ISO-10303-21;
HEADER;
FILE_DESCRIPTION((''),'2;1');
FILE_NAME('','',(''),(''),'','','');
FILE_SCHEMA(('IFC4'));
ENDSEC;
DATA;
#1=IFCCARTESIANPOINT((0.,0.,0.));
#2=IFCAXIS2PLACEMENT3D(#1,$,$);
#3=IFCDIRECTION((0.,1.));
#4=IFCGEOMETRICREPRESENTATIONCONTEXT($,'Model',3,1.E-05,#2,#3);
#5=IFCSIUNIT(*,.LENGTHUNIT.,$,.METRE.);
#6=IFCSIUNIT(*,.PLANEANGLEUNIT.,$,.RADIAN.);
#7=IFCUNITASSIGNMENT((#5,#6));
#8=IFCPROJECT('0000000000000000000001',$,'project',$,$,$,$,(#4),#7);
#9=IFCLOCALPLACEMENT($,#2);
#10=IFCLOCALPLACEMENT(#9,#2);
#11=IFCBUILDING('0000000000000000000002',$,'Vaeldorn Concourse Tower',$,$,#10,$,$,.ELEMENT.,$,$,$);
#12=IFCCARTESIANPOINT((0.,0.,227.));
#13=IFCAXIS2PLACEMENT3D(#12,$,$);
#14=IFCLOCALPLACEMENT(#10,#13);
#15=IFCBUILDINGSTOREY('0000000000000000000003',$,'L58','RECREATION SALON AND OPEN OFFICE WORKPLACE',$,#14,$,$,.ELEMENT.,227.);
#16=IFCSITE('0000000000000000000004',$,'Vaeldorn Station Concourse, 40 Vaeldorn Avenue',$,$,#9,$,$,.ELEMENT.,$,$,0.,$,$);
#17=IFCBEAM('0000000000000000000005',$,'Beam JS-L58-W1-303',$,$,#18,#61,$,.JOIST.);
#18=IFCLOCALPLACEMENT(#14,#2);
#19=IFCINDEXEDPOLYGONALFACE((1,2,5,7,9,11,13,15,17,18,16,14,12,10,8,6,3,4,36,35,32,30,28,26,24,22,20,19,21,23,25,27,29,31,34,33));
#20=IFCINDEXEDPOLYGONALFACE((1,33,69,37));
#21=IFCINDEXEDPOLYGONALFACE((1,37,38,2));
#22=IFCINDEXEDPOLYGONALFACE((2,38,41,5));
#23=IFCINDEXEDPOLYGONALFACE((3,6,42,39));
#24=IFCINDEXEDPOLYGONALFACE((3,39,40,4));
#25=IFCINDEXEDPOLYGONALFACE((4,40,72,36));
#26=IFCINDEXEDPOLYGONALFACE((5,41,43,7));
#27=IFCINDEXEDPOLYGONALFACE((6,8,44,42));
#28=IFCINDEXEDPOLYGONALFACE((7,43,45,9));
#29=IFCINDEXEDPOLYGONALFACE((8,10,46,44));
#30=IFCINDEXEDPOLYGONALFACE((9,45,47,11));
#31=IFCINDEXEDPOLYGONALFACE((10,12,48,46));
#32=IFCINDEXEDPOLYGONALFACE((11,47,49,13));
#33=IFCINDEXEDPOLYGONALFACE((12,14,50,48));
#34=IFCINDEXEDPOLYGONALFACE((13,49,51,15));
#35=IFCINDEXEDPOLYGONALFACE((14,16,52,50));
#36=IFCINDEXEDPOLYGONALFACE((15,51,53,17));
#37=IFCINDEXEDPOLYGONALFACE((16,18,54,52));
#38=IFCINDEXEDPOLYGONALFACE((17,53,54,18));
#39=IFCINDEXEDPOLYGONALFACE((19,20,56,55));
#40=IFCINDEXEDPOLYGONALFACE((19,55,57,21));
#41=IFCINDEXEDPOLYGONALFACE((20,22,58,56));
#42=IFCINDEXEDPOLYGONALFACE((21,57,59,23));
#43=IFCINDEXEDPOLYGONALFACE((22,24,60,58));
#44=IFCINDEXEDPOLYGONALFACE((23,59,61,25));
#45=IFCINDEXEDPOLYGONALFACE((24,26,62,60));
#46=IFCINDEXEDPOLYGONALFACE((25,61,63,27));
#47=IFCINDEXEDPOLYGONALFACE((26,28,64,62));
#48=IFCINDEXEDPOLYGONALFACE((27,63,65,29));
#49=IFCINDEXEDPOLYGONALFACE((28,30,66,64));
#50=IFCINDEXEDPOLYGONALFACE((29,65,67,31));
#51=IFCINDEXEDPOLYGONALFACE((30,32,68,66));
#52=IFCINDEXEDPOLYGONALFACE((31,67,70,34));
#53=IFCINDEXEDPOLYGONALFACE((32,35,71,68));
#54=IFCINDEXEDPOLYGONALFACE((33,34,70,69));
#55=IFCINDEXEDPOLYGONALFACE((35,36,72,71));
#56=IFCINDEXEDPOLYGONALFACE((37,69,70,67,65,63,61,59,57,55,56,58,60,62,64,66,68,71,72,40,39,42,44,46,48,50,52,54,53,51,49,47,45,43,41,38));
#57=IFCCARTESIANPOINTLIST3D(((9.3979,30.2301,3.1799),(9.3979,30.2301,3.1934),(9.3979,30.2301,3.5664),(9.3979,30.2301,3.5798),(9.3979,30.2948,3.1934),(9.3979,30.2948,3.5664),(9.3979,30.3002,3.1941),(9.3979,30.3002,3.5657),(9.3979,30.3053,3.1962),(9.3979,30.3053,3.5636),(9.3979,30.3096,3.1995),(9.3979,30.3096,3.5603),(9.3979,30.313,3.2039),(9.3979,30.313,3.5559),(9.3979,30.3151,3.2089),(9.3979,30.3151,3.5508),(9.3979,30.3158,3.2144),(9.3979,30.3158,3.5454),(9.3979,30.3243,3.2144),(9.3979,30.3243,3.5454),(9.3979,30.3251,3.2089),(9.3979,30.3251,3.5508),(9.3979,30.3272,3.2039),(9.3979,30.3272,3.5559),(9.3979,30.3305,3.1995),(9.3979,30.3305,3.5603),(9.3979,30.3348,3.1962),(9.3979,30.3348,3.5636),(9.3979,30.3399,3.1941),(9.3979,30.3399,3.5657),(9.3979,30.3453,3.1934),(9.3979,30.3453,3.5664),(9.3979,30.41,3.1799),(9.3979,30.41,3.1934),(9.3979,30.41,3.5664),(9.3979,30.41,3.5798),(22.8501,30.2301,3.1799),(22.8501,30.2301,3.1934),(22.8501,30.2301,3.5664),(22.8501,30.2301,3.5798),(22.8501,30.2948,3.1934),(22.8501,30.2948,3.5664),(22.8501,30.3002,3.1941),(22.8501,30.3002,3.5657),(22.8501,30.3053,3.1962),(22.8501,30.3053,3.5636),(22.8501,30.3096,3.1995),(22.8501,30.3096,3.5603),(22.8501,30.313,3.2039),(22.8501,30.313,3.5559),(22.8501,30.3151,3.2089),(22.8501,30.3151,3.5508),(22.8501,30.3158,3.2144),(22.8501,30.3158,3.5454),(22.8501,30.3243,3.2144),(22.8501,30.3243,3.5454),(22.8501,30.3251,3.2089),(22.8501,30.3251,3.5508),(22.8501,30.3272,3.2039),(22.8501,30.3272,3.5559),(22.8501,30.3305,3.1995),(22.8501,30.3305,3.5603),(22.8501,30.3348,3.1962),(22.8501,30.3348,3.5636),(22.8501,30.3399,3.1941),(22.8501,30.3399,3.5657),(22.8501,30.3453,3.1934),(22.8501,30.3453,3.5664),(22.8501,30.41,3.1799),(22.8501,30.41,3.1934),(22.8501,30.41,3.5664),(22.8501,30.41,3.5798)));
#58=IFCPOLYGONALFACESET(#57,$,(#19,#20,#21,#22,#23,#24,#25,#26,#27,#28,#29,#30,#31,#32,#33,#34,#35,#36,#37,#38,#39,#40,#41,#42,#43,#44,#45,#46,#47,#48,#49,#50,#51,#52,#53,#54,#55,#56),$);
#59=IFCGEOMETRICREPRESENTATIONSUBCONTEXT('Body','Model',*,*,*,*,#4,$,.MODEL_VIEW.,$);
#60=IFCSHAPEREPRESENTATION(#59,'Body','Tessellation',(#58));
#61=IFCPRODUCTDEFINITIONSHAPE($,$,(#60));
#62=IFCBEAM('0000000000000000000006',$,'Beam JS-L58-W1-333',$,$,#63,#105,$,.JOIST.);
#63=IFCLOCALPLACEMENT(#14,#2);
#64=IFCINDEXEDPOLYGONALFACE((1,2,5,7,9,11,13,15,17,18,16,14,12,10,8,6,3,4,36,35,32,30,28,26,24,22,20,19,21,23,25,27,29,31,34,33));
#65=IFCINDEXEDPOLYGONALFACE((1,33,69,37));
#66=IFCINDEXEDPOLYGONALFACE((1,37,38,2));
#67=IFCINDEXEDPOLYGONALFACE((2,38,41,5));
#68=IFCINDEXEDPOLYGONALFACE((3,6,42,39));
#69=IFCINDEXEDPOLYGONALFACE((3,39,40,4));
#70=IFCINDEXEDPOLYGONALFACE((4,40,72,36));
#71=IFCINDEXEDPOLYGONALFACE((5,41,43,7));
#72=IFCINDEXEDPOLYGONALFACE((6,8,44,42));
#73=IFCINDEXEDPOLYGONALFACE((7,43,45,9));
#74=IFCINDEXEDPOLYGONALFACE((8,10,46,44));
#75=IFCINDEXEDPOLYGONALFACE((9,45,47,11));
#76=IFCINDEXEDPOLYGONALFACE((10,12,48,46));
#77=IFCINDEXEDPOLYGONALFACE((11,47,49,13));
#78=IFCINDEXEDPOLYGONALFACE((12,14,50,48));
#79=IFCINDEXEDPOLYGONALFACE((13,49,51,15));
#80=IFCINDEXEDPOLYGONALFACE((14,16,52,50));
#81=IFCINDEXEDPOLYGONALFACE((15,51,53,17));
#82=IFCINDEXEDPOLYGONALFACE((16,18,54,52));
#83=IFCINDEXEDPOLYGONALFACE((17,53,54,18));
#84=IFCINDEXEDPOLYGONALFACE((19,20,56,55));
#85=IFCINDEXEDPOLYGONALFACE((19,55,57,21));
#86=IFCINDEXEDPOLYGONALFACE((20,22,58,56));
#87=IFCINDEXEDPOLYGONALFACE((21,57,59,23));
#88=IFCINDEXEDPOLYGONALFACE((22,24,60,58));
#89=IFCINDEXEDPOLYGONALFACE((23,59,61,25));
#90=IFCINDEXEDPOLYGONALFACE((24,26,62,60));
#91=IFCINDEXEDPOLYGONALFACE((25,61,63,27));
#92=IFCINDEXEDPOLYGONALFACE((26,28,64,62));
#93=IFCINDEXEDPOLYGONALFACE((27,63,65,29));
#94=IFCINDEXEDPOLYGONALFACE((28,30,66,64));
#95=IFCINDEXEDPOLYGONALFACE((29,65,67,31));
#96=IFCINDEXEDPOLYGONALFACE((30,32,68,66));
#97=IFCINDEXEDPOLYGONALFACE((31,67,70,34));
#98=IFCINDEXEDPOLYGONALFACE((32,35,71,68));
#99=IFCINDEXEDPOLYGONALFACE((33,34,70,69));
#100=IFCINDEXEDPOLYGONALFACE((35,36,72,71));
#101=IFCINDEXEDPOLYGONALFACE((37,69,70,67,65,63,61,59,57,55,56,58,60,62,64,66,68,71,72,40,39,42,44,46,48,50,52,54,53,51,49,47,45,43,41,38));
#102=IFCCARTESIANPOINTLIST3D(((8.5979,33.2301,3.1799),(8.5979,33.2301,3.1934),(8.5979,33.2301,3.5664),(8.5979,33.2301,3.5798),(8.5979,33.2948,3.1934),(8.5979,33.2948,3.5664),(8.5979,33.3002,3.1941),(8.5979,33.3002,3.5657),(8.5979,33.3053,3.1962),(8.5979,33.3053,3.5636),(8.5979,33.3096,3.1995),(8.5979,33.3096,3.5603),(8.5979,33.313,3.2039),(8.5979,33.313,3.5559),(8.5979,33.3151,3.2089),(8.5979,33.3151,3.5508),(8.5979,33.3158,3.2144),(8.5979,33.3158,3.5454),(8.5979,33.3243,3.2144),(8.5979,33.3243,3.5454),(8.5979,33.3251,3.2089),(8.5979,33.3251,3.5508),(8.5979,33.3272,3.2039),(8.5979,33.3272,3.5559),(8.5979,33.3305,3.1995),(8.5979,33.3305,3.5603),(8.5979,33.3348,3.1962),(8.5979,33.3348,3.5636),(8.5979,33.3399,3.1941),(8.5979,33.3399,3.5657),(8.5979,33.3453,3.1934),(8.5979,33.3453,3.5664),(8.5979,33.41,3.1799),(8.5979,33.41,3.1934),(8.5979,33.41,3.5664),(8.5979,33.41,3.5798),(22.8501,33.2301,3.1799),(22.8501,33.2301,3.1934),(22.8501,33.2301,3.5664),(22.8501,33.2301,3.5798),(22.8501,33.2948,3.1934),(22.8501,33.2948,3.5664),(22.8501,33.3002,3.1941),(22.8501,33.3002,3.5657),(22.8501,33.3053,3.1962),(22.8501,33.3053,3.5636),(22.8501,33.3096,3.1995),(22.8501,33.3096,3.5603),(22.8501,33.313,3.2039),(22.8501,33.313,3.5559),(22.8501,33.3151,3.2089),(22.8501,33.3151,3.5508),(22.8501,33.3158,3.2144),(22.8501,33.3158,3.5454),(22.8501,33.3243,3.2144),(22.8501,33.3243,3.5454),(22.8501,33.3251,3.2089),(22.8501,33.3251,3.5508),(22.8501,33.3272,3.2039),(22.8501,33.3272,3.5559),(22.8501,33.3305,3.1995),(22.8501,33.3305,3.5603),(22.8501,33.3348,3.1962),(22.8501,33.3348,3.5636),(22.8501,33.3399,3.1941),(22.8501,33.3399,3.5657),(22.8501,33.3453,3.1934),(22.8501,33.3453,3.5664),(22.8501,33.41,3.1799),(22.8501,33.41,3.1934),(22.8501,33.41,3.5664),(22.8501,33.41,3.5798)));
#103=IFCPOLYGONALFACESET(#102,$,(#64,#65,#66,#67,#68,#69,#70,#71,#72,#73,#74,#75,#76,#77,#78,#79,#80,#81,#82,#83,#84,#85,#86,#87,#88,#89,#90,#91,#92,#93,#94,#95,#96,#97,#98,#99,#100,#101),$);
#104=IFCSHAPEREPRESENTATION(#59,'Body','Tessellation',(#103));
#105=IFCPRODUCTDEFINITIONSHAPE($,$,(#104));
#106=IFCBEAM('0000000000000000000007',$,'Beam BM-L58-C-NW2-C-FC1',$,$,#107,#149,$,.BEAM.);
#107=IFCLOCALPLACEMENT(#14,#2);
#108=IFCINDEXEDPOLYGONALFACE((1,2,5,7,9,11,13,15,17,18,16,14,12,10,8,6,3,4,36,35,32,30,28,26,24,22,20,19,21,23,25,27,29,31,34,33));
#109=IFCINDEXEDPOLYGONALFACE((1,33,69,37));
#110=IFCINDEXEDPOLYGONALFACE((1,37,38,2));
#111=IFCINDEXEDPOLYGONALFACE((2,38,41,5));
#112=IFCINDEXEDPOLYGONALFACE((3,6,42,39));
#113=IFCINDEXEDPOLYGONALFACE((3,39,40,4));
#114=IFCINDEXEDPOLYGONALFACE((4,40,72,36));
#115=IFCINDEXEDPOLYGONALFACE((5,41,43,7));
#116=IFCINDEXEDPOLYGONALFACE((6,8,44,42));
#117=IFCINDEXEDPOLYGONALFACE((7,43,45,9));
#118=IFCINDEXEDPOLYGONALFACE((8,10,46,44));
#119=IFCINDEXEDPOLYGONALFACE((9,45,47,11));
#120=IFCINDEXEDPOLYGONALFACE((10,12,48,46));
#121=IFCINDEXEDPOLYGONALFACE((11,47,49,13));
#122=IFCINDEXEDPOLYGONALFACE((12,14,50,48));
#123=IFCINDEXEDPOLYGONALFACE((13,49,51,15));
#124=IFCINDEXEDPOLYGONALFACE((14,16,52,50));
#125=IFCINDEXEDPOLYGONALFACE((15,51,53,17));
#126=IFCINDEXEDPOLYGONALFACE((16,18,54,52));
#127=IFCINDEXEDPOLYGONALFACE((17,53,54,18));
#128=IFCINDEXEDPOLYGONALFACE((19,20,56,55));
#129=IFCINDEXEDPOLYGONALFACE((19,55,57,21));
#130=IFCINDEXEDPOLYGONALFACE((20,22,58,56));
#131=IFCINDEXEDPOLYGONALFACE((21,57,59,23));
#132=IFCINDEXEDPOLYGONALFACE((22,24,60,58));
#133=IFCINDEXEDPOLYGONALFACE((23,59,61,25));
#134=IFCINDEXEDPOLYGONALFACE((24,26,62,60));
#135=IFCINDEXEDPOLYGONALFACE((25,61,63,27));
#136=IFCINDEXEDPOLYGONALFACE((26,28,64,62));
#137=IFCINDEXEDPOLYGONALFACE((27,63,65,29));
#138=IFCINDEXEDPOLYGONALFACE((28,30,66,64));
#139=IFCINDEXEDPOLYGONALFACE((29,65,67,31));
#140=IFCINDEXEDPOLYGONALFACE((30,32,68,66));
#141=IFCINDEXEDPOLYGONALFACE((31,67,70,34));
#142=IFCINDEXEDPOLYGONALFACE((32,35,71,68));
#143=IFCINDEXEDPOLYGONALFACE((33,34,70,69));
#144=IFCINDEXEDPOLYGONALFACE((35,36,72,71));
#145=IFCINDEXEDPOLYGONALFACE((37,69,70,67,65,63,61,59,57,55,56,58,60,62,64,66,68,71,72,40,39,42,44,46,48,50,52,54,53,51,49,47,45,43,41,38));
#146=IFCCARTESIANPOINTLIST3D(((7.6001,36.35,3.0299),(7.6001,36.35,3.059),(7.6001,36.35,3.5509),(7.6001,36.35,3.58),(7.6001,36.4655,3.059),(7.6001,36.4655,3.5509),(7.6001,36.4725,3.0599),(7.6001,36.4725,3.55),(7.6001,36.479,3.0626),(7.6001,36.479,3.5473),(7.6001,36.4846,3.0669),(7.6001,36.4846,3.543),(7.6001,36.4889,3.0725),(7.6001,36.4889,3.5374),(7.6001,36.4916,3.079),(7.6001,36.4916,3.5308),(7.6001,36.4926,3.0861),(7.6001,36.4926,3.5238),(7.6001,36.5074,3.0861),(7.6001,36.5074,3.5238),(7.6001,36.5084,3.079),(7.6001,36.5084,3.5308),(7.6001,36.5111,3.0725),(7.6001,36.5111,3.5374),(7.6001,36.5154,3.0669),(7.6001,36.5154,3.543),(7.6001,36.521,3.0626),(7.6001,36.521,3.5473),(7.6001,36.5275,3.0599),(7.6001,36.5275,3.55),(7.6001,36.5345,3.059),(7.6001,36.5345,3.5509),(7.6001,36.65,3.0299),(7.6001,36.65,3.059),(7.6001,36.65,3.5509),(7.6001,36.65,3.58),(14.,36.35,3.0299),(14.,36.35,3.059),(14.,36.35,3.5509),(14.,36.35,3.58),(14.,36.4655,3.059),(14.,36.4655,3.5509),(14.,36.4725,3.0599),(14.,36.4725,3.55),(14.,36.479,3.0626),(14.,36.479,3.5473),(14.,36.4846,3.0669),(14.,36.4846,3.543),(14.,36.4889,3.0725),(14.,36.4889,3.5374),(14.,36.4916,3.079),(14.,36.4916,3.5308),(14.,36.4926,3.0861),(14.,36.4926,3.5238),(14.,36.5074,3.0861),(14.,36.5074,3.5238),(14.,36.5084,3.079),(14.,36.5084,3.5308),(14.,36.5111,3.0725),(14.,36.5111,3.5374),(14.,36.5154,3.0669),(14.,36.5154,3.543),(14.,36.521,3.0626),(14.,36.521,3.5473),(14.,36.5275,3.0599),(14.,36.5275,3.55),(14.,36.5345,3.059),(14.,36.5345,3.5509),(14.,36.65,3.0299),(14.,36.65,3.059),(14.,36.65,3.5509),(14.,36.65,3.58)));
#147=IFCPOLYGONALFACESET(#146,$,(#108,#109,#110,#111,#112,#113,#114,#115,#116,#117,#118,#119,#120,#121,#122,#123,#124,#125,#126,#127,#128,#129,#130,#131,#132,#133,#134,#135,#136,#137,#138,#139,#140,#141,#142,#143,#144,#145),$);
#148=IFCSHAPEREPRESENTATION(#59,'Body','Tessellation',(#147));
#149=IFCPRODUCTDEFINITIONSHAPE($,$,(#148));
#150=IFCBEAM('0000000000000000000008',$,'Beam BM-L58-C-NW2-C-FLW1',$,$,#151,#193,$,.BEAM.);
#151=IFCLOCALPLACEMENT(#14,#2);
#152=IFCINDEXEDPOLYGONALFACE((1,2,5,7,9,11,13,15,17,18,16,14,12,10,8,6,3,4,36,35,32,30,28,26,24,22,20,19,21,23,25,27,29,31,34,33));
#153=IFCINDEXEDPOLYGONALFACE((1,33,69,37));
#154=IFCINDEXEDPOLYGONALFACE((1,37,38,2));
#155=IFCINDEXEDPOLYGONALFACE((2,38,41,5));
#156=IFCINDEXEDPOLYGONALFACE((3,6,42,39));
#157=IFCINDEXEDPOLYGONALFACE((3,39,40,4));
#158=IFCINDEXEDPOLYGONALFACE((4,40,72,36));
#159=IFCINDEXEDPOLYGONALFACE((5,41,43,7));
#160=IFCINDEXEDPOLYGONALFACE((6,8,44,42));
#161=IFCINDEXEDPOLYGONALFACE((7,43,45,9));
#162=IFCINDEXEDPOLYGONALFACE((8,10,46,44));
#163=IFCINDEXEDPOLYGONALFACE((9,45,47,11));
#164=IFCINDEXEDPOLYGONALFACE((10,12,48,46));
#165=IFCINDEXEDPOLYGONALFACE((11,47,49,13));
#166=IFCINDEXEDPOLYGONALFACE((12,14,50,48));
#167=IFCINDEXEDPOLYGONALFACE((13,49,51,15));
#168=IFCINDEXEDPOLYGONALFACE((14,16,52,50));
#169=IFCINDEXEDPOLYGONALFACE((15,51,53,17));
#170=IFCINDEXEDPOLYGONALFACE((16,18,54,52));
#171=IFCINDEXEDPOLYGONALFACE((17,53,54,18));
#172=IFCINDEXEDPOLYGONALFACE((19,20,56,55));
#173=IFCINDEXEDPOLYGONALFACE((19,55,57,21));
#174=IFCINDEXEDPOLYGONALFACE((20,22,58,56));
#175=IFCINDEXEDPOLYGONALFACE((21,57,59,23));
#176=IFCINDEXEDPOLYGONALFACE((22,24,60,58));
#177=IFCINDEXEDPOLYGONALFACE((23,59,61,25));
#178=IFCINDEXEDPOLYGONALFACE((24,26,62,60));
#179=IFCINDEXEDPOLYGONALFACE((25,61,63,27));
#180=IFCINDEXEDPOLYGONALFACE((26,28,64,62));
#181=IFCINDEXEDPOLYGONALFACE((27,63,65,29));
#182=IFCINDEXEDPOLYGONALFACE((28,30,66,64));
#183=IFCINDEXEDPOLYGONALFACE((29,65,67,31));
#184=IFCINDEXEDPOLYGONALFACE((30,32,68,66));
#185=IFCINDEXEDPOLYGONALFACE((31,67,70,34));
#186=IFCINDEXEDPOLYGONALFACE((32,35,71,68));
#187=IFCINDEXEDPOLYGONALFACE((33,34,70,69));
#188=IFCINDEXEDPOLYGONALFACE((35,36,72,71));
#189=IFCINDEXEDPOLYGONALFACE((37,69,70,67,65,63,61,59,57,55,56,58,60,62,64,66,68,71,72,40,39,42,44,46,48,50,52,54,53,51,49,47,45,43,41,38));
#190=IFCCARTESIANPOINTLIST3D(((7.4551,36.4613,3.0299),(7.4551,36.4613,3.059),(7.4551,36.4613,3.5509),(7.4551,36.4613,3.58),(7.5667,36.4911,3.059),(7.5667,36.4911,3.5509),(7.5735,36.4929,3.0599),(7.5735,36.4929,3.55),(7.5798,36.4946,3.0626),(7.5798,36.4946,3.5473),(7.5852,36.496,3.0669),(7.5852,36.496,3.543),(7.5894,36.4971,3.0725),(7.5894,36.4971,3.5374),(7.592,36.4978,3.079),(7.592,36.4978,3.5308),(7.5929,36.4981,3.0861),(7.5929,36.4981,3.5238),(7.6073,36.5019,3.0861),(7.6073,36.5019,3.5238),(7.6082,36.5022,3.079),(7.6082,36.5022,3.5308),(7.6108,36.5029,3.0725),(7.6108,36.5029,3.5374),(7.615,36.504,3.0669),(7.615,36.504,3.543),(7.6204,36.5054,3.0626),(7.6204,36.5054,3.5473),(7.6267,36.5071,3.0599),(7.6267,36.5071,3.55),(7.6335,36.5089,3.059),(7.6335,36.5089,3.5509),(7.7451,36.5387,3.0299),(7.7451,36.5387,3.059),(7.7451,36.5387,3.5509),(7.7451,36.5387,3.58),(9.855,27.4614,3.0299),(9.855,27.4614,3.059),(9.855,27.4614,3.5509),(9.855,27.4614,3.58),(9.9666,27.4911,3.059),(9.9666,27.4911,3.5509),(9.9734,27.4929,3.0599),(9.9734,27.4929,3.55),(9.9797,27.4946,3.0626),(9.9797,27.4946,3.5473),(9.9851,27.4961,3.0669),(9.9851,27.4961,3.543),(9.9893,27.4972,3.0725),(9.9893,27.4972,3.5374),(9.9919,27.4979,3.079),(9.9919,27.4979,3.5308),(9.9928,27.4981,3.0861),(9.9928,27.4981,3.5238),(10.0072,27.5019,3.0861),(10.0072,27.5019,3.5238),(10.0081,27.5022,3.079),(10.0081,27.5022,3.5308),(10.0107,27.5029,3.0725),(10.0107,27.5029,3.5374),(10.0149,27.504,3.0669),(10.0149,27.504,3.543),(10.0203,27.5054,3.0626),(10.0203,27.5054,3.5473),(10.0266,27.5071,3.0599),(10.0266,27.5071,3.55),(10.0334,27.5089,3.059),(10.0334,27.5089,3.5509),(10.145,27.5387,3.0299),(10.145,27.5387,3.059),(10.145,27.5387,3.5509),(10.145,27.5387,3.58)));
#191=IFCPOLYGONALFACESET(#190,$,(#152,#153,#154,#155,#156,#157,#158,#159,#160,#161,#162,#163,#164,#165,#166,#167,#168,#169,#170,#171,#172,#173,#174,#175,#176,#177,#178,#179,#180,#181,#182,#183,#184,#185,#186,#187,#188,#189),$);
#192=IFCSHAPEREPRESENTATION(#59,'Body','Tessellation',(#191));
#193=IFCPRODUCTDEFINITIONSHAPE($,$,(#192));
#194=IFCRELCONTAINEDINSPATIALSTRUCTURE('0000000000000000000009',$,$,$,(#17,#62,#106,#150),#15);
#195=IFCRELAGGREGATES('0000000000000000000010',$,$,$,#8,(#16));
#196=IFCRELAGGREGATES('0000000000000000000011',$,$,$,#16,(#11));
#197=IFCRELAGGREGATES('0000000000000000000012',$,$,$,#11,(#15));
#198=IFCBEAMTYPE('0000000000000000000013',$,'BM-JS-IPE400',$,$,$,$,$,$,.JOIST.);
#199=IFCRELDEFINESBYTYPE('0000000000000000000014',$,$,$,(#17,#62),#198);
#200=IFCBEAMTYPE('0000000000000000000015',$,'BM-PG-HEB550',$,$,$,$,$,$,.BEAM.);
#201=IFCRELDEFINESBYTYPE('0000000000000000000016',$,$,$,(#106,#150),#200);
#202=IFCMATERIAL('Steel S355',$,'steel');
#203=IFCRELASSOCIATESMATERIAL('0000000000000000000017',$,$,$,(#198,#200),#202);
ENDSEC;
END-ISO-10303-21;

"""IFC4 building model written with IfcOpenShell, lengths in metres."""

from ifc_helpers import new_model, si_unit, direction, frame, origin, origin_2d, place, context, subcontext, project, spatial, i_section, extrude, source, transform, mapped, material, material_profile, profile_set, type_object, element, save


model = new_model("IFC4")

# Units and contexts
model_context = context("Model", 3, precision=1e-05, world=origin(), true_north=direction((0.0, 1.0)))
body_context = subcontext(model_context, "Body", "Model", "MODEL_VIEW")
ifc_project = project(units=[si_unit("LENGTHUNIT", "METRE"), si_unit("PLANEANGLEUNIT", "RADIAN")], contexts=[model_context])

# Site, building, storey
site_placement = place(None, origin())
site = spatial("IfcSite", under=ifc_project, at=site_placement, Name="Vaeldorn Station Concourse, 40 Vaeldorn Avenue", CompositionType="ELEMENT", RefElevation=0.0)
building_placement = place(site_placement, origin())
building = spatial("IfcBuilding", under=site, at=building_placement, Name="Vaeldorn Concourse Tower", CompositionType="ELEMENT")
storey_placement = place(building_placement, frame((0.0, 0.0, 227.0)))
storey = spatial("IfcBuildingStorey", under=building, at=storey_placement, Name="L58", Description="RECREATION SALON AND OPEN OFFICE WORKPLACE", CompositionType="ELEMENT", Elevation=227.0)

# Shared definitions
ifc_material_1 = material(Name="Steel S355", Category="steel")

# Beams
ifc_material_profile_1 = material_profile(ifc_material_1, i_section(OverallWidth=0.1799, OverallDepth=0.3999, WebThickness=0.0085, FlangeThickness=0.0134, FilletRadius=0.021, at=origin_2d()), Name="IPE 400")
ifc_profile_set_1 = profile_set([ifc_material_profile_1], Name="Steel S355")
beam_type_1 = type_object("IfcBeamType", Name="BM-JS-IPE400", PredefinedType="JOIST", material=ifc_profile_set_1)
shared_shape_1 = source(origin(), body_context, "Body", "SweptSolid", [
    extrude(i_section(OverallWidth=0.1799, OverallDepth=0.3999, WebThickness=0.0085, FlangeThickness=0.0134, FilletRadius=0.021, at=origin_2d()), origin(), (0.0, 0.0, 1.0), 13.4521),
])
beam_1_placement = place(storey_placement, frame((9.3979, 30.3201, 3.3799), z_axis=(1.0, 0.0, 0.0), x_axis=(0.0, 1.0, 0.0)))
element("IfcBeam", 1, at=beam_1_placement, inside=storey, type_object=beam_type_1, Name="Beam JS-L58-W1-303", PredefinedType="JOIST", context=body_context, shape_type="MappedRepresentation", body=[
    mapped(shared_shape_1, transform((0.0, 0.0, 0.0), scale=1.0)),
])
shared_shape_2 = source(origin(), body_context, "Body", "SweptSolid", [
    extrude(i_section(OverallWidth=0.1799, OverallDepth=0.3999, WebThickness=0.0085, FlangeThickness=0.0134, FilletRadius=0.021, at=origin_2d()), origin(), (0.0, 0.0, 1.0), 14.2522),
])
beam_2_placement = place(storey_placement, frame((8.5979, 33.3201, 3.3799), z_axis=(1.0, 0.0, 0.0), x_axis=(0.0, 1.0, 0.0)))
element("IfcBeam", 2, at=beam_2_placement, inside=storey, type_object=beam_type_1, Name="Beam JS-L58-W1-333", PredefinedType="JOIST", context=body_context, shape_type="MappedRepresentation", body=[
    mapped(shared_shape_2, transform((0.0, 0.0, 0.0), scale=1.0)),
])
ifc_material_profile_2 = material_profile(ifc_material_1, i_section(OverallWidth=0.3, OverallDepth=0.55, WebThickness=0.0149, FlangeThickness=0.0291, FilletRadius=0.0271, at=origin_2d()), Name="HEB 550")
ifc_profile_set_2 = profile_set([ifc_material_profile_2], Name="Steel S355")
beam_type_2 = type_object("IfcBeamType", Name="BM-PG-HEB550", PredefinedType="BEAM", material=ifc_profile_set_2)
shared_shape_3 = source(origin(), body_context, "Body", "SweptSolid", [
    extrude(i_section(OverallWidth=0.3, OverallDepth=0.55, WebThickness=0.0149, FlangeThickness=0.0291, FilletRadius=0.0271, at=origin_2d()), origin(), (0.0, 0.0, 1.0), 6.3999),
])
beam_3_placement = place(storey_placement, frame((7.6001, 36.5, 3.3049), z_axis=(1.0, 0.0, 0.0), x_axis=(0.0, 1.0, 0.0)))
element("IfcBeam", 3, at=beam_3_placement, inside=storey, type_object=beam_type_2, Name="Beam BM-L58-C-NW2-C-FC1", PredefinedType="BEAM", context=body_context, shape_type="MappedRepresentation", body=[
    mapped(shared_shape_3, transform((0.0, 0.0, 0.0), scale=1.0)),
])
shared_shape_4 = source(origin(), body_context, "Body", "SweptSolid", [
    extrude(i_section(OverallWidth=0.3, OverallDepth=0.55, WebThickness=0.0149, FlangeThickness=0.0291, FilletRadius=0.0271, at=origin_2d()), origin(), (0.0, 0.0, 1.0), 9.3145),
])
beam_4_placement = place(storey_placement, frame((7.6001, 36.5, 3.3049), z_axis=(0.257653, -0.966238, 0.0), x_axis=(0.966238, 0.257653, 0.0)))
element("IfcBeam", 4, at=beam_4_placement, inside=storey, type_object=beam_type_2, Name="Beam BM-L58-C-NW2-C-FLW1", PredefinedType="BEAM", context=body_context, shape_type="MappedRepresentation", body=[
    mapped(shared_shape_4, transform((0.0, 0.0, 0.0), scale=1.0)),
])

save(model, "model.ifc")
